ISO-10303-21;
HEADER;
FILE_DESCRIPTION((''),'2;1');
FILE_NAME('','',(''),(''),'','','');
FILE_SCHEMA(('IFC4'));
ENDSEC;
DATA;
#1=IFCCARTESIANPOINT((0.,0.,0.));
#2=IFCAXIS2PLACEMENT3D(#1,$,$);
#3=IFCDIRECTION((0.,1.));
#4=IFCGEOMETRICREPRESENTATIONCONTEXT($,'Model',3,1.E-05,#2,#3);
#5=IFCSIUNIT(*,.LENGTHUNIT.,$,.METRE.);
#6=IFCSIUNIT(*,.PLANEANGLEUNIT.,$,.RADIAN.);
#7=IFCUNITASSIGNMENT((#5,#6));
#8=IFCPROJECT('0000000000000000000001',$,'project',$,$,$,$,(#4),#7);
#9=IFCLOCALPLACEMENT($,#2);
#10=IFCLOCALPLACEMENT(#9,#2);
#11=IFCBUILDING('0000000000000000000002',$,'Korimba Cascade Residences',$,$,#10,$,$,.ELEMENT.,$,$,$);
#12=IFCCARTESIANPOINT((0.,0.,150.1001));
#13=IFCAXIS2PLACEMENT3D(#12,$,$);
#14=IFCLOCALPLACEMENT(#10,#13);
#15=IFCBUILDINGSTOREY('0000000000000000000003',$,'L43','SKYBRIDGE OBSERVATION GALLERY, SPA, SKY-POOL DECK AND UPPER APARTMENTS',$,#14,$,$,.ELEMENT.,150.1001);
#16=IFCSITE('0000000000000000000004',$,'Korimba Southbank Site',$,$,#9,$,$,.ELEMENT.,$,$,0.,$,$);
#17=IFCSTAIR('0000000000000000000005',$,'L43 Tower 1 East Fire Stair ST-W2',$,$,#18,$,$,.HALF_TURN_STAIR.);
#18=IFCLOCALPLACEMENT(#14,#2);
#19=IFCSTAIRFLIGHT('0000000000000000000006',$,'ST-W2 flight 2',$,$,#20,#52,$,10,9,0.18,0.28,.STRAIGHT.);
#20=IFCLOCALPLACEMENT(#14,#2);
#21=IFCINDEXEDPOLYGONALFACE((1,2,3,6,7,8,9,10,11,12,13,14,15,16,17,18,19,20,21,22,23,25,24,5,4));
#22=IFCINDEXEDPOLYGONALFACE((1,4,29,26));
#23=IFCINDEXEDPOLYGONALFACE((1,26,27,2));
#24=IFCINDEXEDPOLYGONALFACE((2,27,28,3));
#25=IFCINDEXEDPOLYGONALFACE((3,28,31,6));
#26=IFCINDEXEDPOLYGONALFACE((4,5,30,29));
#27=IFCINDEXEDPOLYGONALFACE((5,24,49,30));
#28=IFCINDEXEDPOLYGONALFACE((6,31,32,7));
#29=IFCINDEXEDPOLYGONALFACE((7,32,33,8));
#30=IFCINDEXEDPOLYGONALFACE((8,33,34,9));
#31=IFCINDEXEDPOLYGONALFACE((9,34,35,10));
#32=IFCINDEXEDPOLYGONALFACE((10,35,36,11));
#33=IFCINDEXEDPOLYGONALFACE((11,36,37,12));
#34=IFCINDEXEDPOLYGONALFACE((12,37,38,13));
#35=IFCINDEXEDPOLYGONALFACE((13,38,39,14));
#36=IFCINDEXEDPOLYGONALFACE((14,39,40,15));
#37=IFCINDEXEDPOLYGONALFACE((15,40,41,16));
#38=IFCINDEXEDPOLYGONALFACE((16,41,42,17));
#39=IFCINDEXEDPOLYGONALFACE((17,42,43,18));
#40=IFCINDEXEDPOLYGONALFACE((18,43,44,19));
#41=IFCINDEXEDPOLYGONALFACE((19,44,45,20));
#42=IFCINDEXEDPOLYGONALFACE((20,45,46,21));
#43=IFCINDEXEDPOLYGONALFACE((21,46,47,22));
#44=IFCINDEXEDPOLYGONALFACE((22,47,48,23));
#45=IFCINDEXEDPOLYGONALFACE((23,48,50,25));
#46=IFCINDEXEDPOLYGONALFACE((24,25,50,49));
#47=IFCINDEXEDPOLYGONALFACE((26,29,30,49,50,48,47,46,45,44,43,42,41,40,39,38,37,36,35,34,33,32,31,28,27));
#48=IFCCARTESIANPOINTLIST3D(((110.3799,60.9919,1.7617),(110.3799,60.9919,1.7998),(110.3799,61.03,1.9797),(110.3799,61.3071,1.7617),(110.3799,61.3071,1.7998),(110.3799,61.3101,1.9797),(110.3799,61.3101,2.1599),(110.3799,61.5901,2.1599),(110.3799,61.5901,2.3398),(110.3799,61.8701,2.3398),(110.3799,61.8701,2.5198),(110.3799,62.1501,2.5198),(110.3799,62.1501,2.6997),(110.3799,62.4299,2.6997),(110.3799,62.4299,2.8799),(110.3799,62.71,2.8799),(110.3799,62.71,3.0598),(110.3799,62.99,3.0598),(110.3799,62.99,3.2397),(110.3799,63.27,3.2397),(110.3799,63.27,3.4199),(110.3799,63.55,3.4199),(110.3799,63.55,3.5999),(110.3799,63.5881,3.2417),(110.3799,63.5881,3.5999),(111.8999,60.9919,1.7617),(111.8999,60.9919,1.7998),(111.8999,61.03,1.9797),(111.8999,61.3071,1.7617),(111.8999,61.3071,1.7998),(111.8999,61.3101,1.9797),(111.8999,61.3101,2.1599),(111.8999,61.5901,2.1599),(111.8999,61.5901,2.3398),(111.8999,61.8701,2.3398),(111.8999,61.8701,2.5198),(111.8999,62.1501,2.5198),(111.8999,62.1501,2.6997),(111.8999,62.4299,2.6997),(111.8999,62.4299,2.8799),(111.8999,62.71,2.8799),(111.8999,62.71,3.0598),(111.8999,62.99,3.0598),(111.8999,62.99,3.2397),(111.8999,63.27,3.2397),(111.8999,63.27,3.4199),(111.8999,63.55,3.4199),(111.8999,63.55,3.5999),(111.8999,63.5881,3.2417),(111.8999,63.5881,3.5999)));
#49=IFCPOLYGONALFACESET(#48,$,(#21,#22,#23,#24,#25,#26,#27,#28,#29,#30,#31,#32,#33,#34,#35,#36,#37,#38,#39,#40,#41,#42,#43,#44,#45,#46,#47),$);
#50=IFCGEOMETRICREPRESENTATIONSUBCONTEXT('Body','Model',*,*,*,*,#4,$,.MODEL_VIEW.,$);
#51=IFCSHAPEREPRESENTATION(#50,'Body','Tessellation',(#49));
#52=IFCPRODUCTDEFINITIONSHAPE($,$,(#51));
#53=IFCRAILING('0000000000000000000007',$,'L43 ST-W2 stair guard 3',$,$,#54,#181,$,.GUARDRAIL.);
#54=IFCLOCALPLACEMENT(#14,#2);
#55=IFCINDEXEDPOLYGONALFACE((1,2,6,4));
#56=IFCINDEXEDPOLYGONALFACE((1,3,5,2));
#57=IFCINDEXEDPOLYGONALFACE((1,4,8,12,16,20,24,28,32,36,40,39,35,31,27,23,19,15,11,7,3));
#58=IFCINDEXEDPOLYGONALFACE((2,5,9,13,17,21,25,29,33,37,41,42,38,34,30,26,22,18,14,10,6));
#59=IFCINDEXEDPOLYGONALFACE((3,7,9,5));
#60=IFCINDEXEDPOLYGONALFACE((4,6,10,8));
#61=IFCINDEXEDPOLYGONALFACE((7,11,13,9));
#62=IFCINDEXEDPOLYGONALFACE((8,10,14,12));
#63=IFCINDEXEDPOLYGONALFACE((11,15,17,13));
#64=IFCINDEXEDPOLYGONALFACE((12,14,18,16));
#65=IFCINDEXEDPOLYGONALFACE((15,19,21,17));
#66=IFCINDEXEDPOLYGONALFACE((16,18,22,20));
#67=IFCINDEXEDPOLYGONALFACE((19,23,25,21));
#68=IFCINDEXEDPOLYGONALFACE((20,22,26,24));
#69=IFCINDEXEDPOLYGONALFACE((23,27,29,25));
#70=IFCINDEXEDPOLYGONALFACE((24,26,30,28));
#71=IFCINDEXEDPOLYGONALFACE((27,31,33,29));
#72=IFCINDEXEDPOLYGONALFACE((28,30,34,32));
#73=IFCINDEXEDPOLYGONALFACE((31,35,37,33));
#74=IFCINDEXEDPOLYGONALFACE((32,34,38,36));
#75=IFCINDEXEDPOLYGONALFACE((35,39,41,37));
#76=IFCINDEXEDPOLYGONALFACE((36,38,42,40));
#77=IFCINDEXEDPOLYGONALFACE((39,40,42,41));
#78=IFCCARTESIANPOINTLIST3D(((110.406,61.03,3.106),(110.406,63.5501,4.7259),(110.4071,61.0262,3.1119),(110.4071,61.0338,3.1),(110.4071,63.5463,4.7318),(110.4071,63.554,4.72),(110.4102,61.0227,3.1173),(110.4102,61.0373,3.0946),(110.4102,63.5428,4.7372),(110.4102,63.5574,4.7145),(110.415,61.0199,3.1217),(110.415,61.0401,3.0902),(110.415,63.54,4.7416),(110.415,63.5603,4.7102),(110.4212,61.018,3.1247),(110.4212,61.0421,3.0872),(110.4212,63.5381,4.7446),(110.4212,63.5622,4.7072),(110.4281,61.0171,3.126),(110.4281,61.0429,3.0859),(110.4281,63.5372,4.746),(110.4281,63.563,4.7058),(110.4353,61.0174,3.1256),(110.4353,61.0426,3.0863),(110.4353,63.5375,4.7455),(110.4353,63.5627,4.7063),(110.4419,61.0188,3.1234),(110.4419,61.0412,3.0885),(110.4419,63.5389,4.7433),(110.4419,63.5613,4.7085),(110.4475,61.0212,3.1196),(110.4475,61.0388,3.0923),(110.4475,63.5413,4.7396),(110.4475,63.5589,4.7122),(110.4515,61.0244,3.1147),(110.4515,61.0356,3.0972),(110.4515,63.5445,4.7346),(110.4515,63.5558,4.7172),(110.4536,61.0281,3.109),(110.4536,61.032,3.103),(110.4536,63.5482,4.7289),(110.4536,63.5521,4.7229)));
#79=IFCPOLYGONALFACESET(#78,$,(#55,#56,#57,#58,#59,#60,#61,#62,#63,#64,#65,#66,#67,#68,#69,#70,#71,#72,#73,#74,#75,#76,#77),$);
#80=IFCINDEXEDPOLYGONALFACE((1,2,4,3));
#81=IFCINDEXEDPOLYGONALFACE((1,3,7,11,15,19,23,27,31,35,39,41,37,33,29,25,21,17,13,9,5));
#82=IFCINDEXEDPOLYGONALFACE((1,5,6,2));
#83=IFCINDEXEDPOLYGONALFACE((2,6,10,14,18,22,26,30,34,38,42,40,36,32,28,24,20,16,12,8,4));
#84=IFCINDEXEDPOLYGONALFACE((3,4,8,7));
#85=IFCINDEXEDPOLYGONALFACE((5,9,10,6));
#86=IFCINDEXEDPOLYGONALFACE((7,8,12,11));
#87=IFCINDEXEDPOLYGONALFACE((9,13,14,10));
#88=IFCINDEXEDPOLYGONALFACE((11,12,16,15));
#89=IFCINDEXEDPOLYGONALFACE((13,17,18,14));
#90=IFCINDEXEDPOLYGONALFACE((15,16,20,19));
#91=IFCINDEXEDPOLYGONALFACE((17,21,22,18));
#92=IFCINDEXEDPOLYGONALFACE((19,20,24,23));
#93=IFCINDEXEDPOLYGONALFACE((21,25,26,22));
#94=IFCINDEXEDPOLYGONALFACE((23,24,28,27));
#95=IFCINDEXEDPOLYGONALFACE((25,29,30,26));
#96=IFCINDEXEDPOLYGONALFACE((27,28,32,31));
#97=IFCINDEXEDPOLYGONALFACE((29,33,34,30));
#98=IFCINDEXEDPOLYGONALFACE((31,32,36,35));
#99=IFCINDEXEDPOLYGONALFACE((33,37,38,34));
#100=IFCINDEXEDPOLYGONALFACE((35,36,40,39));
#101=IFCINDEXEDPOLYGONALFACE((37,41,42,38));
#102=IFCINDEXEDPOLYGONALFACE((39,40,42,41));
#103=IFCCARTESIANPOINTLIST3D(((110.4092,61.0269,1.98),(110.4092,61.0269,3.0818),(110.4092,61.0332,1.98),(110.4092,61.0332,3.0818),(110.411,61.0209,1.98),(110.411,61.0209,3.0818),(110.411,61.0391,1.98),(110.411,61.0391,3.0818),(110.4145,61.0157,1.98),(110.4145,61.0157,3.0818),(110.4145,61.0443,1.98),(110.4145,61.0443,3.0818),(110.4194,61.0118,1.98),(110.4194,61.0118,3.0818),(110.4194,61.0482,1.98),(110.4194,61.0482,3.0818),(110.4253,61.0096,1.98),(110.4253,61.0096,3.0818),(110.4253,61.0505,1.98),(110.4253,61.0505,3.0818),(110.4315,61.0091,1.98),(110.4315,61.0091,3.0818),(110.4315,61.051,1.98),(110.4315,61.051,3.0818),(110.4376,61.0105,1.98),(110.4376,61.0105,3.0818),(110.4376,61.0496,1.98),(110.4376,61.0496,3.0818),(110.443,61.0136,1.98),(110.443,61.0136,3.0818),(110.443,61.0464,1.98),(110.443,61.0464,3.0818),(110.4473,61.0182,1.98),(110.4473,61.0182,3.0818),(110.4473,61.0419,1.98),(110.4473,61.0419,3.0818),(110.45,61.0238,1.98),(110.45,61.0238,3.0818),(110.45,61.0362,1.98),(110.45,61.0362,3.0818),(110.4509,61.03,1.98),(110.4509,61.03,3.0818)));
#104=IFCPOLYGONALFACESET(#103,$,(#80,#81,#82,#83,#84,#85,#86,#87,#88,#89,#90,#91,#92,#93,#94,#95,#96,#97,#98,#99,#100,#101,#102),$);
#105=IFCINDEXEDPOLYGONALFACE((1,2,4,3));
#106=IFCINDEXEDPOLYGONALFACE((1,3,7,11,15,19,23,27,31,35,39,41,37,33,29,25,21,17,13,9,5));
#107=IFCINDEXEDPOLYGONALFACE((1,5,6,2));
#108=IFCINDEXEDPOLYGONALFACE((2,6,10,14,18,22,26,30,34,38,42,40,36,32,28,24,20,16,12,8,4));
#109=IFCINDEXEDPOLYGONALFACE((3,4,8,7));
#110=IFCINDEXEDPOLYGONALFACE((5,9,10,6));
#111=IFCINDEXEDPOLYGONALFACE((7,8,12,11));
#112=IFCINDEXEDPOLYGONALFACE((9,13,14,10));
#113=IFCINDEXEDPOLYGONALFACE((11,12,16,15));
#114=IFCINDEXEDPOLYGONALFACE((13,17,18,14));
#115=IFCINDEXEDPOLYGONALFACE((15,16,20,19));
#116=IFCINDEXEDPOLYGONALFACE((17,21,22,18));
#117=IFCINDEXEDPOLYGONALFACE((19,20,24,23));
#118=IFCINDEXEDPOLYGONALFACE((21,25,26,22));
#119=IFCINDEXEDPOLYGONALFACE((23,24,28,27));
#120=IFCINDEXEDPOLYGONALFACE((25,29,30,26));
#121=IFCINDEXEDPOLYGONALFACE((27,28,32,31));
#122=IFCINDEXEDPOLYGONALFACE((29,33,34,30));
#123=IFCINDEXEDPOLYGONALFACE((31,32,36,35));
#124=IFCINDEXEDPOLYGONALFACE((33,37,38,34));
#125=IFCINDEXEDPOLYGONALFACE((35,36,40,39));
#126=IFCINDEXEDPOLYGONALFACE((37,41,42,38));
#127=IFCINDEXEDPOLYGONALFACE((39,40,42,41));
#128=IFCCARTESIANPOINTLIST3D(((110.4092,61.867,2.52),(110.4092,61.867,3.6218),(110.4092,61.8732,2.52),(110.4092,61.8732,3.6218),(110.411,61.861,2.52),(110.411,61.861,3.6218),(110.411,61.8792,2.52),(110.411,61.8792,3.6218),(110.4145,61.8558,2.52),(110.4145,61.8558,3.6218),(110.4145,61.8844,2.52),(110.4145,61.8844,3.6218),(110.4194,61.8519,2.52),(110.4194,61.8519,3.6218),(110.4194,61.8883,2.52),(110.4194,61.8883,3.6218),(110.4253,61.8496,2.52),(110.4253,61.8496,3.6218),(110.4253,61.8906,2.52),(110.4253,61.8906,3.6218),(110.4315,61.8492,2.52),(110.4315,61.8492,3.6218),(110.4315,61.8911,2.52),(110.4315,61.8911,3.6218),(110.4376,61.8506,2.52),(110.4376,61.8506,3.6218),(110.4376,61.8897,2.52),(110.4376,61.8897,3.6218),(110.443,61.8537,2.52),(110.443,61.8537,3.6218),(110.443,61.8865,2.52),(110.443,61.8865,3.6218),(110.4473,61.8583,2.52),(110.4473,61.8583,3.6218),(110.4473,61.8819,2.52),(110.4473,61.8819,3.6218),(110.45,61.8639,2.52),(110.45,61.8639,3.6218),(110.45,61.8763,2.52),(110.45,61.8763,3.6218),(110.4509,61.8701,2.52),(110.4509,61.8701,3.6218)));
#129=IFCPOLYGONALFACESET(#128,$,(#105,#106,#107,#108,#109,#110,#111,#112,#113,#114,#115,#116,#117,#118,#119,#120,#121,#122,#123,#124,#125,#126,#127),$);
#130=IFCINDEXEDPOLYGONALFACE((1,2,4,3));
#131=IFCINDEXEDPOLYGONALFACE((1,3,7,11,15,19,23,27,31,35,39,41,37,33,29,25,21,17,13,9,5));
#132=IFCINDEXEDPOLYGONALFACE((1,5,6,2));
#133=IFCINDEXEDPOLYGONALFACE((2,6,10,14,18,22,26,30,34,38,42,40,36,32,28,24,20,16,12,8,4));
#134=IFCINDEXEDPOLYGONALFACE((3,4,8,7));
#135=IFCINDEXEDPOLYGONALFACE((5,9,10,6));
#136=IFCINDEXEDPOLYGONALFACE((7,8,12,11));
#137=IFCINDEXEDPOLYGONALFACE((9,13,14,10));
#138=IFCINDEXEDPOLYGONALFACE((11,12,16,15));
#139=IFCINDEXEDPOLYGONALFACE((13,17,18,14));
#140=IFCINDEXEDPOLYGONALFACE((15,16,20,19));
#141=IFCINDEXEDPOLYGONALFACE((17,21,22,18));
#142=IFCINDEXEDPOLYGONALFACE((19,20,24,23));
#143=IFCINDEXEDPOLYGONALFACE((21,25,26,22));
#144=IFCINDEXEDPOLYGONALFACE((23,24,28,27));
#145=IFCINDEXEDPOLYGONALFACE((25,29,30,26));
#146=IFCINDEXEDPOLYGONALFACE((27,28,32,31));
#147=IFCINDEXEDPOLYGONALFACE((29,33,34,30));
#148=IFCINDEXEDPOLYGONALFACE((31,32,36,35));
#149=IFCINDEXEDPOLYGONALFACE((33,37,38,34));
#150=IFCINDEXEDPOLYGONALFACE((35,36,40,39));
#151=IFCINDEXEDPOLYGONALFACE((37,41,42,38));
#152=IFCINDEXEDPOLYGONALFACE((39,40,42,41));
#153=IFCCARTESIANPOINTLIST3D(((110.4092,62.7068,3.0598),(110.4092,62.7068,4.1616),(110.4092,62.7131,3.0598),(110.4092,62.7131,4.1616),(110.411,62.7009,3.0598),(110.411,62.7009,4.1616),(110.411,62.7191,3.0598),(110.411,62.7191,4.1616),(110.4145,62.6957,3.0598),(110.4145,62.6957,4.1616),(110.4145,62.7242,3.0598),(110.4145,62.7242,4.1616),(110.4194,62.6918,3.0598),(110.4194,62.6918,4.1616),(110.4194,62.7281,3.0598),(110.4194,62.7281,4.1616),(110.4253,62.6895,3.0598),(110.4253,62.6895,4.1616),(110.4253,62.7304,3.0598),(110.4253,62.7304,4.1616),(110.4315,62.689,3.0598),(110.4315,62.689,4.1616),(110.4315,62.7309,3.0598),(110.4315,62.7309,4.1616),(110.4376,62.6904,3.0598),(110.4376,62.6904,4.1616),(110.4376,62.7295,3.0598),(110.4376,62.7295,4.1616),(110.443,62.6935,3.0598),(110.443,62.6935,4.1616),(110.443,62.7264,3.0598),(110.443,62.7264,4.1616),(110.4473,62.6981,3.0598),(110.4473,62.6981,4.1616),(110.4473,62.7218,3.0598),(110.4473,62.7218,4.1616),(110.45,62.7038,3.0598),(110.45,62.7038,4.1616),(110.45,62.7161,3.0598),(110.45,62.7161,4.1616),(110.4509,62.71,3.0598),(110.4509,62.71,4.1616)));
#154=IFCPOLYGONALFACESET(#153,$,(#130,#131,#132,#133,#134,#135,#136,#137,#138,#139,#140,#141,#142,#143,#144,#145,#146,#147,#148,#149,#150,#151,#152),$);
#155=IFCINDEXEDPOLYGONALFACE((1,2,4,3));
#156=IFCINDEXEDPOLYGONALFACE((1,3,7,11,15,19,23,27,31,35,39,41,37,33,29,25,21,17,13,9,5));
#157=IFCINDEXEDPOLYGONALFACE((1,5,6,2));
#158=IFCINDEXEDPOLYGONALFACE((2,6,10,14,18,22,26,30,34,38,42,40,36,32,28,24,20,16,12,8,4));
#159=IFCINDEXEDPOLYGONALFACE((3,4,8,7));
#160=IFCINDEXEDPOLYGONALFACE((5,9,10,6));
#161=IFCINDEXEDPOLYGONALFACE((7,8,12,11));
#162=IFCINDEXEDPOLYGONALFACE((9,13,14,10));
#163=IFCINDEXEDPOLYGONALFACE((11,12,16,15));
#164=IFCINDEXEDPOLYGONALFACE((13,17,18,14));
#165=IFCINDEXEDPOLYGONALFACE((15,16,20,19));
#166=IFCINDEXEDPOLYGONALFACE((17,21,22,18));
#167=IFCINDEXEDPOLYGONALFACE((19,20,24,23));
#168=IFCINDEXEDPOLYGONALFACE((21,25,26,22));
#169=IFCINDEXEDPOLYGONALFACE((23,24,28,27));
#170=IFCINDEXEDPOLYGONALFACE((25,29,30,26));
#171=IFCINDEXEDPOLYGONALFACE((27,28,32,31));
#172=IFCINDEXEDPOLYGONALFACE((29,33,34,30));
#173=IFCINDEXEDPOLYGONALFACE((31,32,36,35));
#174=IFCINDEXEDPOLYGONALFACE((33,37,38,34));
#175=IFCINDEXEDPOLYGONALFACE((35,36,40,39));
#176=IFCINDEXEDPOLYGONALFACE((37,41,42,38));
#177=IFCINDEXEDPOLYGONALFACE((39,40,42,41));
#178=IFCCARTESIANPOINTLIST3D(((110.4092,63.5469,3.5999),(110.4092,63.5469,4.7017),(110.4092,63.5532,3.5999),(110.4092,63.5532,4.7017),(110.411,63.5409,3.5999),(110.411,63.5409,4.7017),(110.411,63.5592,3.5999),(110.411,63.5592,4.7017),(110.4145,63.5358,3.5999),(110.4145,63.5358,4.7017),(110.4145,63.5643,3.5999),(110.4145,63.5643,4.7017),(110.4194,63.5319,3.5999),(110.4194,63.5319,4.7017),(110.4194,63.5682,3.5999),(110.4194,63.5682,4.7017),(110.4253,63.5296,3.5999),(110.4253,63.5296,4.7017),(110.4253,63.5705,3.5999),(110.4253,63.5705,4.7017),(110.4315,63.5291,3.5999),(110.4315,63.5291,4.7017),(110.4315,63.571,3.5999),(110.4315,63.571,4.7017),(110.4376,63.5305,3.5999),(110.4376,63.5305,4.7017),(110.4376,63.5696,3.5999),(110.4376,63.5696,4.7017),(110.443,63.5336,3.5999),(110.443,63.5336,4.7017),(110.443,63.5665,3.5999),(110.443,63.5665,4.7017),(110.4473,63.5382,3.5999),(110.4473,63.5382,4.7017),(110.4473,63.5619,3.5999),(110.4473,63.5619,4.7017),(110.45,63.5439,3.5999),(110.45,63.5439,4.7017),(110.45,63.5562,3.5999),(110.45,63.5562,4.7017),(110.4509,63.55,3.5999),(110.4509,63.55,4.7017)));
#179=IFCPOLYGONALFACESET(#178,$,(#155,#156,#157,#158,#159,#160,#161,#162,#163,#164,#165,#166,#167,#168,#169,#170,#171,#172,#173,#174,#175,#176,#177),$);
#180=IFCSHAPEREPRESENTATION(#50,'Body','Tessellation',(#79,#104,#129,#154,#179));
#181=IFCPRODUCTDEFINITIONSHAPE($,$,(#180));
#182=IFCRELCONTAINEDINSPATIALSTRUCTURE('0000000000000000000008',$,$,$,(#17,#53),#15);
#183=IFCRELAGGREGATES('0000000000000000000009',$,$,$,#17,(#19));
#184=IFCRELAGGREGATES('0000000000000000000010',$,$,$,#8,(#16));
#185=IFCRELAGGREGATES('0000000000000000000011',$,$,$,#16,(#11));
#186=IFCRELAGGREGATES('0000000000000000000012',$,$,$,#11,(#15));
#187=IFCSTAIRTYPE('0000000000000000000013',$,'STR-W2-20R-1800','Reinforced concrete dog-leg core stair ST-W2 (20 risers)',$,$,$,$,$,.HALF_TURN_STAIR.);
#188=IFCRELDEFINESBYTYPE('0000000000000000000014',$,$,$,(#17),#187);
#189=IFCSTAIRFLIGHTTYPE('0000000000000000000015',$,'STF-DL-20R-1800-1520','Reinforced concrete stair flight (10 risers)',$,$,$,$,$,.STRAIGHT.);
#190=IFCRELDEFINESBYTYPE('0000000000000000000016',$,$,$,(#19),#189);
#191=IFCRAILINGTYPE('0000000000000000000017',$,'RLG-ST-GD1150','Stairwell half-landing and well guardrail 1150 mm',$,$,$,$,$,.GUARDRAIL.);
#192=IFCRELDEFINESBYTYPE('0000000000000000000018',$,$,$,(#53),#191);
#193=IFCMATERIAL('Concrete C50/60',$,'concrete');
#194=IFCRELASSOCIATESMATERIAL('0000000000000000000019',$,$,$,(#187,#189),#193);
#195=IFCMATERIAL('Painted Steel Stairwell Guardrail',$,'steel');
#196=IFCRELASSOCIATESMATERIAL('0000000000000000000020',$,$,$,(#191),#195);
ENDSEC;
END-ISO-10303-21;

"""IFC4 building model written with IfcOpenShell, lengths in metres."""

from ifc_helpers import new_model, si_unit, direction, frame, origin, origin_2d, place, context, subcontext, project, spatial, polyline, circle, outline, extrude, material, type_object, element, aggregate, save


model = new_model("IFC4")

# Units and contexts
model_context = context("Model", 3, precision=1e-05, world=origin(), true_north=direction((0.0, 1.0)))
body_context = subcontext(model_context, "Body", "Model", "MODEL_VIEW")
ifc_project = project(units=[si_unit("LENGTHUNIT", "METRE"), si_unit("PLANEANGLEUNIT", "RADIAN")], contexts=[model_context])

# Site, building, storey
site_placement = place(None, origin())
site = spatial("IfcSite", under=ifc_project, at=site_placement, Name="Korimba Southbank Site", CompositionType="ELEMENT", RefElevation=0.0)
building_placement = place(site_placement, origin())
building = spatial("IfcBuilding", under=site, at=building_placement, Name="Korimba Cascade Residences", CompositionType="ELEMENT")
storey_placement = place(building_placement, frame((0.0, 0.0, 150.1001)))
storey = spatial("IfcBuildingStorey", under=building, at=storey_placement, Name="L43", Description="SKYBRIDGE OBSERVATION GALLERY, SPA, SKY-POOL DECK AND UPPER APARTMENTS", CompositionType="ELEMENT", Elevation=150.1001)

# Stair, stair flight
ifc_material_1 = material(Name="Concrete C50/60", Category="concrete")
stair_type = type_object("IfcStairType", Name="STR-W2-20R-1800", Description="Reinforced concrete dog-leg core stair ST-W2 (20 risers)", PredefinedType="HALF_TURN_STAIR", material=ifc_material_1)
stair_placement = place(storey_placement, origin())
stair = element("IfcStair", 1, at=stair_placement, inside=storey, type_object=stair_type, Name="L43 Tower 1 East Fire Stair ST-W2", PredefinedType="HALF_TURN_STAIR")
stair_flight_type = type_object("IfcStairFlightType", Name="STF-DL-20R-1800-1520", Description="Reinforced concrete stair flight (10 risers)", PredefinedType="STRAIGHT", material=ifc_material_1)
stair_flight_placement = place(storey_placement, frame((111.1399, 61.03, 1.7998), z_axis=(0.0, 0.0, 1.0), x_axis=(0.0, 1.0, 0.0)))
stair_flight = element("IfcStairFlight", 2, at=stair_flight_placement, type_object=stair_flight_type, Name="ST-W2 flight 2", NumberOfRisers=10, NumberOfTreads=9, PredefinedType="STRAIGHT", RiserHeight=0.18, TreadLength=0.28, context=body_context, shape_type="SweptSolid", body=[
    extrude(outline(polyline([(-0.0381, 0.0), (0.0, 0.1799), (0.28, 0.1799), (0.28, 0.3601), (0.5601, 0.3601), (0.5601, 0.54), (0.8401, 0.54), (0.8401, 0.72), (1.1201, 0.72), (1.1201, 0.8999), (1.3999, 0.8999), (1.3999, 1.0801), (1.6799, 1.0801), (1.6799, 1.26), (1.96, 1.26), (1.96, 1.4399), (2.24, 1.4399), (2.24, 1.6201), (2.52, 1.6201), (2.52, 1.8), (2.5581, 1.8), (2.5581, 1.4419), (0.2771, 0.0), (0.2771, -0.0381), (-0.0381, -0.0381), (-0.0381, 0.0)])), frame((0.0, 0.76, 0.0), z_axis=(0.0, -1.0, 0.0), x_axis=(1.0, 0.0, 0.0)), (0.0, 0.0, 1.0), 1.52),
])
aggregate(stair, [stair_flight])

# Railing
ifc_material_2 = material(Name="Painted Steel Stairwell Guardrail", Category="steel")
railing_type_1 = type_object("IfcRailingType", Name="RLG-ST-GD1150", Description="Stairwell half-landing and well guardrail 1150 mm", PredefinedType="GUARDRAIL", material=ifc_material_2)
railing_1_placement = place(storey_placement, frame((110.4299, 61.03, 1.98)))
element("IfcRailing", 3, at=railing_1_placement, inside=storey, type_object=railing_type_1, Name="L43 ST-W2 stair guard 3", PredefinedType="GUARDRAIL", context=body_context, shape_type="SweptSolid", body=[
    extrude(circle(Radius=0.0239, at=origin_2d()), frame((0.0, 0.0, 1.126), z_axis=(0.0, 0.8412, 0.540725), x_axis=(-1.0, 0.0, 0.0)), (0.0, 0.0, 1.0), 2.9958),
    extrude(circle(Radius=0.021, at=origin_2d()), origin(), (0.0, 0.0, 1.0), 1.1018),
    extrude(circle(Radius=0.021, at=origin_2d()), frame((0.0, 0.8401, 0.54)), (0.0, 0.0, 1.0), 1.1018),
    extrude(circle(Radius=0.021, at=origin_2d()), frame((0.0, 1.6799, 1.0798)), (0.0, 0.0, 1.0), 1.1018),
    extrude(circle(Radius=0.021, at=origin_2d()), frame((0.0, 2.52, 1.6199)), (0.0, 0.0, 1.0), 1.1018),
])

save(model, "model.ifc")
